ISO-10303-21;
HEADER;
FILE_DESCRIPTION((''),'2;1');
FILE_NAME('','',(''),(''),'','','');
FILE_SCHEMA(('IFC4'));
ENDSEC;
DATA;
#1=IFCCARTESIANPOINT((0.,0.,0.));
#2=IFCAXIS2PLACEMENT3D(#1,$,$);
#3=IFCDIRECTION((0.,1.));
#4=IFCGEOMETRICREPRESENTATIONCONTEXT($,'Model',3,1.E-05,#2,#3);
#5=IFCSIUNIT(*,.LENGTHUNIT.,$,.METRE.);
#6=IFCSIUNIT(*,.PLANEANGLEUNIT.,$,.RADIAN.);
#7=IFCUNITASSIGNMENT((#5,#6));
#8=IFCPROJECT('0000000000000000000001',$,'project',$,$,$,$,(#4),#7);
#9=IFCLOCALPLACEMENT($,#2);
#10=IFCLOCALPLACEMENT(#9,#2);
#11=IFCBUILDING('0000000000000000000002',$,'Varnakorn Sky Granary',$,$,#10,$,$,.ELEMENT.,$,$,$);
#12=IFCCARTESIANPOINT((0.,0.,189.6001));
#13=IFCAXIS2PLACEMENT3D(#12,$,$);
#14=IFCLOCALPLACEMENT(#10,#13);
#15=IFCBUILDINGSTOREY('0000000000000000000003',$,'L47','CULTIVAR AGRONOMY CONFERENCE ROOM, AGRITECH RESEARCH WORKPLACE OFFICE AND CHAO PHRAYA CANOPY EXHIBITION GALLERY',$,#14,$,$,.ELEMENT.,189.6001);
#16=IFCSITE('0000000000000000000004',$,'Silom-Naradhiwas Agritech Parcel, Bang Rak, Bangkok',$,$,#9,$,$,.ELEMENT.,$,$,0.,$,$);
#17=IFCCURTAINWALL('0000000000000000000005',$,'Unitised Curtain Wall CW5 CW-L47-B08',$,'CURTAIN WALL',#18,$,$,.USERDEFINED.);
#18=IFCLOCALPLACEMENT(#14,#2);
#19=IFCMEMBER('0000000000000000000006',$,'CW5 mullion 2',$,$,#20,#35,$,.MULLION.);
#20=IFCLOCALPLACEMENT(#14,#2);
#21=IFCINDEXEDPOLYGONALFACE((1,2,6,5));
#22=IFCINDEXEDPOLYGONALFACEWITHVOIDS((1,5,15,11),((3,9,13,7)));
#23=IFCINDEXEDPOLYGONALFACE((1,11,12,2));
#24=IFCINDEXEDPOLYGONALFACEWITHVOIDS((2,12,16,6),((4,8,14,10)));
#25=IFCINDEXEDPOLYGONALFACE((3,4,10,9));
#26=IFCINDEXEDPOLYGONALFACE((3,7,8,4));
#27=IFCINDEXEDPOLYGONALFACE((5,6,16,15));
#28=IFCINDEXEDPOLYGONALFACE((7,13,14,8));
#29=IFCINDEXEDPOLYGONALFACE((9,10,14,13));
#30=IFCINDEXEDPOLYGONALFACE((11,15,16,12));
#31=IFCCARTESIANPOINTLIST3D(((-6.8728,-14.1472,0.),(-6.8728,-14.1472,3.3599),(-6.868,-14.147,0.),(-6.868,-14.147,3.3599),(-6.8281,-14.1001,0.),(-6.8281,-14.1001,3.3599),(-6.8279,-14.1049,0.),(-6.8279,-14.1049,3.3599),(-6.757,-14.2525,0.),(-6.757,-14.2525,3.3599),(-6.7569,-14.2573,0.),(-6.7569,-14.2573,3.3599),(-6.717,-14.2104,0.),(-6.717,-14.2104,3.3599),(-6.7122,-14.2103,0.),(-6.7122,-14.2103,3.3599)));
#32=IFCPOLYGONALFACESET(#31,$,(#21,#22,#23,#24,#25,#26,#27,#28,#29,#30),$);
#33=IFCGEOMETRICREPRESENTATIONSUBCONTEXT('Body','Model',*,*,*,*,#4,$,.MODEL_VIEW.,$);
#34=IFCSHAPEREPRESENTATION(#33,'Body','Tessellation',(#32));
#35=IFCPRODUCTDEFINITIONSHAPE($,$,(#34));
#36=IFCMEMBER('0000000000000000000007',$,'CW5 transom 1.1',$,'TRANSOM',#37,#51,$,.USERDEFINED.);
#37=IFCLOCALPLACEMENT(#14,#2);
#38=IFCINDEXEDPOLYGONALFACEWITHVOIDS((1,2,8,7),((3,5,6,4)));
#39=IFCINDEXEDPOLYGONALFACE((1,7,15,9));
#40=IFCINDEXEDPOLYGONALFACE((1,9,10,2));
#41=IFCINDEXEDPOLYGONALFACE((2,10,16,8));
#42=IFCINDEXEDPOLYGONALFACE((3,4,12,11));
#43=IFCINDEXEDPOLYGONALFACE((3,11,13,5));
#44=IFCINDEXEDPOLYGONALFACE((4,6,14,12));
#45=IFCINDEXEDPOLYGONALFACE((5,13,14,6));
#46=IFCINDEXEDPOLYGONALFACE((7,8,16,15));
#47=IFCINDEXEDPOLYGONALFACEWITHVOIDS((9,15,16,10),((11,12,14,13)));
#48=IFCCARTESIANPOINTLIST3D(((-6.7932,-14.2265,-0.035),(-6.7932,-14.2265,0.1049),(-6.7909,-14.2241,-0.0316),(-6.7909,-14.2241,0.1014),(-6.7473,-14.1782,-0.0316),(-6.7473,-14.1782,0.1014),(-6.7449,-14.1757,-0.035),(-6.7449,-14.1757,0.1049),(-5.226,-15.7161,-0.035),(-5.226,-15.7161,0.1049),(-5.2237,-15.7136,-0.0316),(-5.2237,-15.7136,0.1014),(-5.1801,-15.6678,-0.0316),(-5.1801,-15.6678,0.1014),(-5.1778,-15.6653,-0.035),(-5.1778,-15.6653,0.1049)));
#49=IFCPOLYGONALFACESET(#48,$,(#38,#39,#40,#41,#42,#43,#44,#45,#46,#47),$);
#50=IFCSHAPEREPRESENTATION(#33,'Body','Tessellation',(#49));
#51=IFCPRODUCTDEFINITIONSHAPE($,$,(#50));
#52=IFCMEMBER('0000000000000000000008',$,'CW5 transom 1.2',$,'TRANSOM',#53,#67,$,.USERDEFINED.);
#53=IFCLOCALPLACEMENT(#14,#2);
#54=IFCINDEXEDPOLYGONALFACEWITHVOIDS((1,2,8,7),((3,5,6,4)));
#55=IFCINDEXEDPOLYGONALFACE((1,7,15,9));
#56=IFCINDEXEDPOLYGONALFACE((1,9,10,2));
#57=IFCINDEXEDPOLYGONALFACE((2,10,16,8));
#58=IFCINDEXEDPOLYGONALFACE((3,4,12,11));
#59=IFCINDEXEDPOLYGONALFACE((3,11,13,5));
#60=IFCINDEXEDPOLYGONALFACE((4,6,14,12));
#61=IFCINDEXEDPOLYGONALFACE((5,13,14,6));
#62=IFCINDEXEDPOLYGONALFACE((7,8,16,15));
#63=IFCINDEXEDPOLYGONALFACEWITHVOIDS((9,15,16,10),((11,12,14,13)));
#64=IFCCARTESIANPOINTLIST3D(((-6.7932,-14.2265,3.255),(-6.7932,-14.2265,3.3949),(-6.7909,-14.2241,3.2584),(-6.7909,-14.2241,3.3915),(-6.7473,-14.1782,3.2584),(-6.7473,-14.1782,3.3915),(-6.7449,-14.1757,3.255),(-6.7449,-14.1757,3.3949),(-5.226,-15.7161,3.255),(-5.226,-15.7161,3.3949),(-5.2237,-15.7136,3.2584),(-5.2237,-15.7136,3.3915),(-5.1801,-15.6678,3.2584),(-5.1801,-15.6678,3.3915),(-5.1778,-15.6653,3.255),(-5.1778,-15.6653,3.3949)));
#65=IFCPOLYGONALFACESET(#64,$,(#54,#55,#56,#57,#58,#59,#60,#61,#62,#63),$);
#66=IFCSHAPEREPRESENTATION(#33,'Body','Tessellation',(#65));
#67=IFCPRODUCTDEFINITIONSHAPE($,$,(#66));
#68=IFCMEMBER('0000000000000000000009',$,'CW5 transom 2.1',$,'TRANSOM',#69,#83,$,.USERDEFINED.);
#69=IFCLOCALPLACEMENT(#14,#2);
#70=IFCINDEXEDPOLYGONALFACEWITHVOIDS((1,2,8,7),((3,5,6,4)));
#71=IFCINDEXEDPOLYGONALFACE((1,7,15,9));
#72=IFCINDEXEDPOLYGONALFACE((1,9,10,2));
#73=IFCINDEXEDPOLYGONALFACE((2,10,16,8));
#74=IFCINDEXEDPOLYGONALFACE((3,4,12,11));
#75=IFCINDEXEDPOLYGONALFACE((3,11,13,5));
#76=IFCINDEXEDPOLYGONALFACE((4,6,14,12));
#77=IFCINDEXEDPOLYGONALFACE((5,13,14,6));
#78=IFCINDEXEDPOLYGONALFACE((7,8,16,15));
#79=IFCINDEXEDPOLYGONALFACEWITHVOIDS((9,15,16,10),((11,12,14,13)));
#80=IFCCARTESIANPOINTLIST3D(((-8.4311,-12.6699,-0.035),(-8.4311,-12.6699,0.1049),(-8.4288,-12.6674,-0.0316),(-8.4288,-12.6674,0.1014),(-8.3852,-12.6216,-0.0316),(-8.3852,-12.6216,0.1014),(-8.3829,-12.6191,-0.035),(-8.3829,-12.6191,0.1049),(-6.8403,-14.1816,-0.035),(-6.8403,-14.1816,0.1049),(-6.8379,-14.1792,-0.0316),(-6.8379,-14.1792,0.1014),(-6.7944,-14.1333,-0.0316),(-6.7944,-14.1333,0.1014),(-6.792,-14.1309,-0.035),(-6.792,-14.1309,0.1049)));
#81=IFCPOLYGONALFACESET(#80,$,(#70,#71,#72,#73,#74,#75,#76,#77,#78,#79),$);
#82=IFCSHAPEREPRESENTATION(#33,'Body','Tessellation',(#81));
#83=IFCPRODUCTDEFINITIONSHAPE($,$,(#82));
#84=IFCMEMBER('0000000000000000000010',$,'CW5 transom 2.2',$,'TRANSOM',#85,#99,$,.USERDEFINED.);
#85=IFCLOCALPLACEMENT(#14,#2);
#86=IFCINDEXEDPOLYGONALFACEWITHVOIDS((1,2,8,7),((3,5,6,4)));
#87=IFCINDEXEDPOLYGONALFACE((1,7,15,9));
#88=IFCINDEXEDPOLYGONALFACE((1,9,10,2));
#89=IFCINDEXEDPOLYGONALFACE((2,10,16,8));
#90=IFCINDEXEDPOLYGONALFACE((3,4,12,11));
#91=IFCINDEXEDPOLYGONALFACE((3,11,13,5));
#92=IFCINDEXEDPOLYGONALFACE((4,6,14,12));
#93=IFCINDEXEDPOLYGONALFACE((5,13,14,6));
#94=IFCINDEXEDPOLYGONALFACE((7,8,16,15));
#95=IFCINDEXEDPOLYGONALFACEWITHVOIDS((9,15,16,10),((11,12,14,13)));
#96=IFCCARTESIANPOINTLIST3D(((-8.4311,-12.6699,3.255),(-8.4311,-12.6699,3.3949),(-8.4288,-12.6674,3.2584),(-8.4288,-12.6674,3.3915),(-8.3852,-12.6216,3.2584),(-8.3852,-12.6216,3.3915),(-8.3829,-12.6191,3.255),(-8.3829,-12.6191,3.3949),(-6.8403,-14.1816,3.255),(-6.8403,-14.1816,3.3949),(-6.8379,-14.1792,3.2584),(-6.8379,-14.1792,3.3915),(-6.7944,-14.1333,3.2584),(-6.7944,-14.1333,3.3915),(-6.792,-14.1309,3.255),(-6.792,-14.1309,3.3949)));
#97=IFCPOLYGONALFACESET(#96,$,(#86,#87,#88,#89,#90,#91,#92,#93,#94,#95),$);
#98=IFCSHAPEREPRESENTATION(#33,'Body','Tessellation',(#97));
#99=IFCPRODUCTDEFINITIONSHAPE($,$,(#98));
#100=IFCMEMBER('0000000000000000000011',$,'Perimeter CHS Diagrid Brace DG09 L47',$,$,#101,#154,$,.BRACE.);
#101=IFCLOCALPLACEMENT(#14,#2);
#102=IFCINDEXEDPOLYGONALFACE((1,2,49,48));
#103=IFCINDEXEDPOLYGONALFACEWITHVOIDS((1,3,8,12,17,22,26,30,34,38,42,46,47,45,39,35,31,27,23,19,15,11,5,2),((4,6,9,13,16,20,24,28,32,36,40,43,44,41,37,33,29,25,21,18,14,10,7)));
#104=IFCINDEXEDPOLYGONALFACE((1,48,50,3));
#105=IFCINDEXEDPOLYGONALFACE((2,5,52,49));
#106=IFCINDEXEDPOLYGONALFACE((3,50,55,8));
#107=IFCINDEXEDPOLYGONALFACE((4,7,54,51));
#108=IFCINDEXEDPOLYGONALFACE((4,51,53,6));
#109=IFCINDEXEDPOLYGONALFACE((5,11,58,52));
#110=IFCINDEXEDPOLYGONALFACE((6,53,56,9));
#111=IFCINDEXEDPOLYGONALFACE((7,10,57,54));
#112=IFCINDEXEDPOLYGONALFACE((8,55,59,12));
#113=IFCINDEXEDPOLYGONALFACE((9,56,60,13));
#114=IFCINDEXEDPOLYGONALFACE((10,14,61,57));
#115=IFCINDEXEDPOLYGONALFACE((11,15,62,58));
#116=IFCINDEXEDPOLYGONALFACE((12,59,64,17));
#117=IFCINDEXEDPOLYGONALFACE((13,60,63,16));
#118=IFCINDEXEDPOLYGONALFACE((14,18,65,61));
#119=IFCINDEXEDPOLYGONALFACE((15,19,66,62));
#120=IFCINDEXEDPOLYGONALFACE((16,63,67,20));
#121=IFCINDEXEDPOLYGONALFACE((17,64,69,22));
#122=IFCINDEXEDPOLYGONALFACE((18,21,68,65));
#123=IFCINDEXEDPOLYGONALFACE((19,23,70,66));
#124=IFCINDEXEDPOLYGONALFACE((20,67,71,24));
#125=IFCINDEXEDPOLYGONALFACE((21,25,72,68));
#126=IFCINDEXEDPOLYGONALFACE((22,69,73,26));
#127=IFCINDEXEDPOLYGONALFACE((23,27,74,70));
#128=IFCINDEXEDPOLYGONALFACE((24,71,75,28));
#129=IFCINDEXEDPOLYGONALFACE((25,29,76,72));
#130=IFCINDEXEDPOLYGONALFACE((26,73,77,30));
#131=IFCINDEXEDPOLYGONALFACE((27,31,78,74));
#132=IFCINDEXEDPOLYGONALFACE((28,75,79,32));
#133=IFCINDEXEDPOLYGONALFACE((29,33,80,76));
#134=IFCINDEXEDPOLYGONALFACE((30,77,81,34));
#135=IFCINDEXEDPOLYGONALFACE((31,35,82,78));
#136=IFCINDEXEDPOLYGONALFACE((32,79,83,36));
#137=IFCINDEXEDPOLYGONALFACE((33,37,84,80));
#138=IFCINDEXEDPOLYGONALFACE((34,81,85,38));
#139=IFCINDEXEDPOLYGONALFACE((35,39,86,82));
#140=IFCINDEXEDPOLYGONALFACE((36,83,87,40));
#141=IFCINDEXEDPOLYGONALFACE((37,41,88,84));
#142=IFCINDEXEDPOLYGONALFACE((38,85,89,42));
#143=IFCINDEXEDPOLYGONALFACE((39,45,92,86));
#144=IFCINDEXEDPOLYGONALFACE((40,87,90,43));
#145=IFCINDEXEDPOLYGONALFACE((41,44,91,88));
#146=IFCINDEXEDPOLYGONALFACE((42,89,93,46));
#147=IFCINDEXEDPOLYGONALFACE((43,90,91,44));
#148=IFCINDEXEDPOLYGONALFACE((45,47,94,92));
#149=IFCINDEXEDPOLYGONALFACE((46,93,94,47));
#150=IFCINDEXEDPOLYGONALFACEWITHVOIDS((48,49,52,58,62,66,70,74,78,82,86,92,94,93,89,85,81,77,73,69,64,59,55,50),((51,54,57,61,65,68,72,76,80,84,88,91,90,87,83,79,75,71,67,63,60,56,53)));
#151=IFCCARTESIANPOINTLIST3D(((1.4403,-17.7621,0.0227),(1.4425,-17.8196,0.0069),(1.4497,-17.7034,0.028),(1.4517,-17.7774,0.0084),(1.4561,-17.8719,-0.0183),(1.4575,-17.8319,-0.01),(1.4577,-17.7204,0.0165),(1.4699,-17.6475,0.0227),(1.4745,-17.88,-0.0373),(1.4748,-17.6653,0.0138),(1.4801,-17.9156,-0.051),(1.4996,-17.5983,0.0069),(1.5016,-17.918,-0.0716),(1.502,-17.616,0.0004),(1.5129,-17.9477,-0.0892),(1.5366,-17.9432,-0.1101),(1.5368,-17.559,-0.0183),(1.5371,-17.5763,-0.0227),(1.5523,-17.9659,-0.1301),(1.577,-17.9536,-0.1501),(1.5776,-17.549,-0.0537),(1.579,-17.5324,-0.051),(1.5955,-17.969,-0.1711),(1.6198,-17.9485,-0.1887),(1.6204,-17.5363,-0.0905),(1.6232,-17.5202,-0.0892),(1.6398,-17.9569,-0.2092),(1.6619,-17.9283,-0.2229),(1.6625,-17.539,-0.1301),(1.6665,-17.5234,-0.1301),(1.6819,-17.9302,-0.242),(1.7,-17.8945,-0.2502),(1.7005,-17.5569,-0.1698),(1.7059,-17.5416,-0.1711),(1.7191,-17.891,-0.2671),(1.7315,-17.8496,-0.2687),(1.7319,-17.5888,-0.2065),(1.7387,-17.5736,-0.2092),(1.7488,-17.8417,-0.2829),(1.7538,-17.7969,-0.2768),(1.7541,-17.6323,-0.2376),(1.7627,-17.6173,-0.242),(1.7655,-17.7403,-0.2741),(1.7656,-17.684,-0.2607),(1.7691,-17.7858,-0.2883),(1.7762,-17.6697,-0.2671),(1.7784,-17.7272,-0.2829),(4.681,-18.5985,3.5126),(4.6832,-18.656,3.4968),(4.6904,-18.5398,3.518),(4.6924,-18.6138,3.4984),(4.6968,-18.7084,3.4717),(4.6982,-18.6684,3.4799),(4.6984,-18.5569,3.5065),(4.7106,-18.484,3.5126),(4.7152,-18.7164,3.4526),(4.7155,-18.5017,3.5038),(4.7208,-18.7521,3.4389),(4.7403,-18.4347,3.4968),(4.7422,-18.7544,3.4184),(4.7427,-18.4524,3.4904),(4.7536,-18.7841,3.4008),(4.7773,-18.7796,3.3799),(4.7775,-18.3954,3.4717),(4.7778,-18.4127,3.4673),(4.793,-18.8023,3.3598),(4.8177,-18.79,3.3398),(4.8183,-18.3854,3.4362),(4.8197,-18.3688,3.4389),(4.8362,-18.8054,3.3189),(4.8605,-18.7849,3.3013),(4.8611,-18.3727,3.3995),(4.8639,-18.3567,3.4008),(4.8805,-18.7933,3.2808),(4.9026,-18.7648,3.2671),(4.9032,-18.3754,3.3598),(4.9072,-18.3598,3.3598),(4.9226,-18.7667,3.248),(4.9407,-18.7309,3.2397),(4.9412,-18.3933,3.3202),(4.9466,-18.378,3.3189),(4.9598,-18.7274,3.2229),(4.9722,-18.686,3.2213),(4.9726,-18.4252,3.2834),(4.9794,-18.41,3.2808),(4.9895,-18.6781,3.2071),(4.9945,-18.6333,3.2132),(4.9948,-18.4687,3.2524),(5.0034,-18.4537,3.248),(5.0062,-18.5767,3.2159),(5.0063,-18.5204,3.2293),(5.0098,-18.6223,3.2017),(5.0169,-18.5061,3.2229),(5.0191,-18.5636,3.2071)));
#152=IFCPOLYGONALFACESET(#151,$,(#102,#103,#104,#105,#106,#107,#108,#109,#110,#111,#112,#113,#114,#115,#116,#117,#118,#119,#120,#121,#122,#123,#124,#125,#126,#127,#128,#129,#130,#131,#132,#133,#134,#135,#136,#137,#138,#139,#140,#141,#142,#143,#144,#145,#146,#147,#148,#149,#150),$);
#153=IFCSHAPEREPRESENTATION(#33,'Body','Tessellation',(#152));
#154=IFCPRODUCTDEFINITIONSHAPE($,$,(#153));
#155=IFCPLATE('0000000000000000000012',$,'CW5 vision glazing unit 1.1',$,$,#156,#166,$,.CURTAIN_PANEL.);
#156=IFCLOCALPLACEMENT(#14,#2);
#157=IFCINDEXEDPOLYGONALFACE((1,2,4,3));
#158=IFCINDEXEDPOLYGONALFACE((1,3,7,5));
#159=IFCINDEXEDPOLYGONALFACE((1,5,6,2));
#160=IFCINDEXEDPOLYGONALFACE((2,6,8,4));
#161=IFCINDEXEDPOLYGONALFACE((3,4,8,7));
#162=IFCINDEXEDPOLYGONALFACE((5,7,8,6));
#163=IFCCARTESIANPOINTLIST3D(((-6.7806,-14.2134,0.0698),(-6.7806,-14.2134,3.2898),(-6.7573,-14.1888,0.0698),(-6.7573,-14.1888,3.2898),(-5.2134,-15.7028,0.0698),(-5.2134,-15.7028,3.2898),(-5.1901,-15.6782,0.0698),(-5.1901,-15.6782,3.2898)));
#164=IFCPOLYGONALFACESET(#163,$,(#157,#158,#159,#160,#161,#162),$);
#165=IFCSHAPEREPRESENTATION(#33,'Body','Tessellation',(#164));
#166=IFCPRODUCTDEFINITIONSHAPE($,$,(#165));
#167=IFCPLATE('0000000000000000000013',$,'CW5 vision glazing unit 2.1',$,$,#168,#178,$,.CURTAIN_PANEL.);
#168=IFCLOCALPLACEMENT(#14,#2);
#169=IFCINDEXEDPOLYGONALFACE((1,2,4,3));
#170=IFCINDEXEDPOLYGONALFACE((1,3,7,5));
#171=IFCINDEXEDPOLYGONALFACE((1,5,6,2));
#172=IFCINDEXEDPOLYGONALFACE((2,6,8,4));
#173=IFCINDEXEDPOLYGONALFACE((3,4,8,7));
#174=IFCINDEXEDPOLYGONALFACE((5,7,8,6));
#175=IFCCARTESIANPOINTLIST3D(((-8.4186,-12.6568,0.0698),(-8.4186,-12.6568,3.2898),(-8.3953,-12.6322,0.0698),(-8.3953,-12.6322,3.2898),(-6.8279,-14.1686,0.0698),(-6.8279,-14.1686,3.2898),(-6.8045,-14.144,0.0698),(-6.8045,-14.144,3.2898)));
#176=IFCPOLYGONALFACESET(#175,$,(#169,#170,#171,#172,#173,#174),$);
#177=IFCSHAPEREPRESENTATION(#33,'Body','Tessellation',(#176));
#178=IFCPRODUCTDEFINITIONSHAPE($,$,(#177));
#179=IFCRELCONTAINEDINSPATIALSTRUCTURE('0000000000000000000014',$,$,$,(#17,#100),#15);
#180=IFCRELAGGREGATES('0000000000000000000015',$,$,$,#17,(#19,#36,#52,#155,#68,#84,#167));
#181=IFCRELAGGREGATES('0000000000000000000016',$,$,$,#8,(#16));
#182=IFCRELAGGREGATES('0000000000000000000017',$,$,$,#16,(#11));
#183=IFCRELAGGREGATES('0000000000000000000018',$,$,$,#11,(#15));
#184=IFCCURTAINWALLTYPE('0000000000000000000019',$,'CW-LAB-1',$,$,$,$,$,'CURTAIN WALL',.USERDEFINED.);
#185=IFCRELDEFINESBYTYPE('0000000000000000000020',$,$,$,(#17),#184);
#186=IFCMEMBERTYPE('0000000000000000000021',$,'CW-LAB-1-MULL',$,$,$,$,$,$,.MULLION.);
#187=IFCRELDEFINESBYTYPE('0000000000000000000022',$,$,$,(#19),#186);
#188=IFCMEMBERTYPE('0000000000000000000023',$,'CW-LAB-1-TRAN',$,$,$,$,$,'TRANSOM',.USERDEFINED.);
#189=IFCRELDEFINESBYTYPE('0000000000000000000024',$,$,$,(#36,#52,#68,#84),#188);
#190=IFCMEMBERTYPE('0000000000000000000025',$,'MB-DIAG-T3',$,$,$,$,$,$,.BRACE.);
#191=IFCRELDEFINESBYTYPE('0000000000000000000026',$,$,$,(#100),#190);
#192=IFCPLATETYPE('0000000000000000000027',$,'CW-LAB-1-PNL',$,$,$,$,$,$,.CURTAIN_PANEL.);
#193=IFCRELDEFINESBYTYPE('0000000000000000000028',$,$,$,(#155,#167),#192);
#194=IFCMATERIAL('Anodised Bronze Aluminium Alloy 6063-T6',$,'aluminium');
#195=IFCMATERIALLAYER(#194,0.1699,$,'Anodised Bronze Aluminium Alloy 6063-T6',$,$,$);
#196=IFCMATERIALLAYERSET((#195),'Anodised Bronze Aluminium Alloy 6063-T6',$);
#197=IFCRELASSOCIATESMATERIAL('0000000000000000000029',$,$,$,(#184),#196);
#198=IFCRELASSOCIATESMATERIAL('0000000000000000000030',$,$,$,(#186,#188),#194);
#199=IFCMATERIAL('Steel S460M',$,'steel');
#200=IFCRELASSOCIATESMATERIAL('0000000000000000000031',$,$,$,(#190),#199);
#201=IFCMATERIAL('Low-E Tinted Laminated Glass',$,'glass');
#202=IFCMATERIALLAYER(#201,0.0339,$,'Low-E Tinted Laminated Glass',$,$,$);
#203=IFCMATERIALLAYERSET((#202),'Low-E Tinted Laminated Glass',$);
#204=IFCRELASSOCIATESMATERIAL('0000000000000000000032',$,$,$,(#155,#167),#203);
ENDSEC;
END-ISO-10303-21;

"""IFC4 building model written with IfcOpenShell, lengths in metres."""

from ifc_helpers import new_model, si_unit, direction, frame, origin, origin_2d, place, context, subcontext, project, spatial, rectangle, hollow_rectangle, hollow_circle, extrude, source, transform, mapped, material, layer, layer_set, material_profile, profile_set, type_object, type_shapes, element, aggregate, save


model = new_model("IFC4")

# Units and contexts
model_context = context("Model", 3, precision=1e-05, world=origin(), true_north=direction((0.0, 1.0)))
body_context = subcontext(model_context, "Body", "Model", "MODEL_VIEW")
ifc_project = project(units=[si_unit("LENGTHUNIT", "METRE"), si_unit("PLANEANGLEUNIT", "RADIAN")], contexts=[model_context])

# Site, building, storey
site_placement = place(None, origin())
site = spatial("IfcSite", under=ifc_project, at=site_placement, Name="Silom-Naradhiwas Agritech Parcel, Bang Rak, Bangkok", CompositionType="ELEMENT", RefElevation=0.0)
building_placement = place(site_placement, origin())
building = spatial("IfcBuilding", under=site, at=building_placement, Name="Varnakorn Sky Granary", CompositionType="ELEMENT")
storey_placement = place(building_placement, frame((0.0, 0.0, 189.6001)))
storey = spatial("IfcBuildingStorey", under=building, at=storey_placement, Name="L47", Description="CULTIVAR AGRONOMY CONFERENCE ROOM, AGRITECH RESEARCH WORKPLACE OFFICE AND CHAO PHRAYA CANOPY EXHIBITION GALLERY", CompositionType="ELEMENT", Elevation=189.6001)

# Shared definitions
ifc_material_1 = material(Name="Steel S460M", Category="steel")

# Curtain wall, members
ifc_material_2 = material(Name="Anodised Bronze Aluminium Alloy 6063-T6", Category="aluminium")
ifc_layer_1 = layer(ifc_material_2, 0.1699, Name="Anodised Bronze Aluminium Alloy 6063-T6")
ifc_layer_set_1 = layer_set([ifc_layer_1], Name="Anodised Bronze Aluminium Alloy 6063-T6")
curtain_wall_type = type_object("IfcCurtainWallType", Name="CW-LAB-1", ElementType="CURTAIN WALL", PredefinedType="USERDEFINED", material=ifc_layer_set_1)
curtain_wall_placement = place(storey_placement, origin())
curtain_wall = element("IfcCurtainWall", 1, at=curtain_wall_placement, inside=storey, type_object=curtain_wall_type, Name="Unitised Curtain Wall CW5 CW-L47-B08", ObjectType="CURTAIN WALL", PredefinedType="USERDEFINED")
ifc_material_profile_1 = material_profile(ifc_material_2, hollow_rectangle(XDim=0.0649, YDim=0.1599, WallThickness=0.0034, at=origin_2d()), Name="ALU MULL 65x160")
ifc_profile_set_1 = profile_set([ifc_material_profile_1], Name="Anodised Bronze Aluminium Alloy 6063-T6")
member_type_1 = type_object("IfcMemberType", Name="CW-LAB-1-MULL", PredefinedType="MULLION", material=ifc_profile_set_1)
member_1_placement = place(storey_placement, frame((-6.7925, -14.1787, 0.0), z_axis=(0.0, 0.0, 1.0), x_axis=(-0.688905, -0.724851, 0.0)))
member_1 = element("IfcMember", 2, at=member_1_placement, type_object=member_type_1, Name="CW5 mullion 2", PredefinedType="MULLION", context=body_context, shape_type="SweptSolid", body=[
    extrude(hollow_rectangle(XDim=0.0649, YDim=0.1599, WallThickness=0.0034, at=origin_2d()), origin(), (0.0, 0.0, 1.0), 3.3599),
])
ifc_material_profile_2 = material_profile(ifc_material_2, hollow_rectangle(XDim=0.0701, YDim=0.1399, WallThickness=0.0034, at=origin_2d()), Name="ALU TRAN 70x140")
ifc_profile_set_2 = profile_set([ifc_material_profile_2], Name="Anodised Bronze Aluminium Alloy 6063-T6")
member_type_2 = type_object("IfcMemberType", Name="CW-LAB-1-TRAN", ElementType="TRANSOM", PredefinedType="USERDEFINED", material=ifc_profile_set_2)
member_2_placement = place(storey_placement, frame((-5.2019, -15.6907, 0.0349), z_axis=(-0.724833, 0.688925, 0.0), x_axis=(-0.688925, -0.724833, 0.0)))
member_2 = element("IfcMember", 3, at=member_2_placement, type_object=member_type_2, Name="CW5 transom 1.1", ObjectType="TRANSOM", PredefinedType="USERDEFINED", context=body_context, shape_type="SweptSolid", body=[
    extrude(hollow_rectangle(XDim=0.0701, YDim=0.1399, WallThickness=0.0034, at=origin_2d()), origin(), (0.0, 0.0, 1.0), 2.1621),
])
member_3_placement = place(storey_placement, frame((-5.2019, -15.6907, 3.325), z_axis=(-0.724833, 0.688925, 0.0), x_axis=(-0.688925, -0.724833, 0.0)))
member_3 = element("IfcMember", 4, at=member_3_placement, type_object=member_type_2, Name="CW5 transom 1.2", ObjectType="TRANSOM", PredefinedType="USERDEFINED", context=body_context, shape_type="SweptSolid", body=[
    extrude(hollow_rectangle(XDim=0.0701, YDim=0.1399, WallThickness=0.0034, at=origin_2d()), origin(), (0.0, 0.0, 1.0), 2.1621),
])
member_4_placement = place(storey_placement, frame((-6.8162, -14.1562, 0.0349), z_axis=(-0.724899, 0.688855, 0.0), x_axis=(-0.688855, -0.724899, 0.0)))
member_4 = element("IfcMember", 5, at=member_4_placement, type_object=member_type_2, Name="CW5 transom 2.1", ObjectType="TRANSOM", PredefinedType="USERDEFINED", context=body_context, shape_type="SweptSolid", body=[
    extrude(hollow_rectangle(XDim=0.0701, YDim=0.1399, WallThickness=0.0034, at=origin_2d()), origin(), (0.0, 0.0, 1.0), 2.1946),
])
member_5_placement = place(storey_placement, frame((-6.8162, -14.1562, 3.325), z_axis=(-0.724899, 0.688855, 0.0), x_axis=(-0.688855, -0.724899, 0.0)))
member_5 = element("IfcMember", 6, at=member_5_placement, type_object=member_type_2, Name="CW5 transom 2.2", ObjectType="TRANSOM", PredefinedType="USERDEFINED", context=body_context, shape_type="SweptSolid", body=[
    extrude(hollow_rectangle(XDim=0.0701, YDim=0.1399, WallThickness=0.0034, at=origin_2d()), origin(), (0.0, 0.0, 1.0), 2.1946),
])

# Member
ifc_material_profile_3 = material_profile(ifc_material_1, hollow_circle(Radius=0.2285, WallThickness=0.0161, at=origin_2d()), Name="CHS 457x16")
ifc_profile_set_3 = profile_set([ifc_material_profile_3], Name="Steel S460M")
member_type_3 = type_object("IfcMemberType", Name="MB-DIAG-T3", PredefinedType="BRACE", material=ifc_profile_set_3)
member_6_placement = place(storey_placement, frame((1.6094, -17.7446, -0.1301), z_axis=(0.670196, -0.172977, 0.721746), x_axis=(0.249909, 0.968269, 0.0)))
element("IfcMember", 7, at=member_6_placement, inside=storey, type_object=member_type_3, Name="Perimeter CHS Diagrid Brace DG09 L47", PredefinedType="BRACE", context=body_context, shape_type="SweptSolid", body=[
    extrude(hollow_circle(Radius=0.2285, WallThickness=0.0161, at=origin_2d()), origin(), (0.0, 0.0, 1.0), 4.8354),
])

# Plates
ifc_material_3 = material(Name="Low-E Tinted Laminated Glass", Category="glass")
ifc_layer_2 = layer(ifc_material_3, 0.0339, Name="Low-E Tinted Laminated Glass")
ifc_layer_set_2 = layer_set([ifc_layer_2], Name="Low-E Tinted Laminated Glass")
plate_type = type_object("IfcPlateType", Name="CW-LAB-1-PNL", PredefinedType="CURTAIN_PANEL")
shared_shape_1 = source(origin(), body_context, "Body", "SweptSolid", [
    extrude(rectangle(XDim=2.1621, YDim=0.0339, at=origin_2d()), origin(), (0.0, 0.0, 1.0), 3.22),
])
plate_1_placement = place(storey_placement, frame((-5.9854, -14.9458, 0.0698), z_axis=(0.0, 0.0, 1.0), x_axis=(-0.724851, 0.688905, 0.0)))
plate_1 = element("IfcPlate", 8, at=plate_1_placement, type_object=plate_type, material=ifc_layer_set_2, Name="CW5 vision glazing unit 1.1", PredefinedType="CURTAIN_PANEL", context=body_context, shape_type="MappedRepresentation", body=[
    mapped(shared_shape_1, transform((0.0, 0.0, 0.0), x_axis=(1.0, 0.0, 0.0), y_axis=(0.0, 1.0, 0.0), z_axis=(0.0, 0.0, 1.0), scale=1.0)),
])
shared_shape_2 = source(origin(), body_context, "Body", "SweptSolid", [
    extrude(rectangle(XDim=2.1946, YDim=0.0339, at=origin_2d()), origin(), (0.0, 0.0, 1.0), 3.22),
])
type_shapes(plate_type, [shared_shape_1, shared_shape_2])
plate_2_placement = place(storey_placement, frame((-7.6116, -13.4004, 0.0698), z_axis=(0.0, 0.0, 1.0), x_axis=(-0.724851, 0.688905, 0.0)))
plate_2 = element("IfcPlate", 9, at=plate_2_placement, type_object=plate_type, material=ifc_layer_set_2, Name="CW5 vision glazing unit 2.1", PredefinedType="CURTAIN_PANEL", context=body_context, shape_type="MappedRepresentation", body=[
    mapped(shared_shape_2, transform((0.0, 0.0, 0.0), x_axis=(1.0, 0.0, 0.0), y_axis=(0.0, 1.0, 0.0), z_axis=(0.0, 0.0, 1.0), scale=1.0)),
])
aggregate(curtain_wall, [member_1, member_2, member_3, plate_1, member_4, member_5, plate_2])

save(model, "model.ifc")
